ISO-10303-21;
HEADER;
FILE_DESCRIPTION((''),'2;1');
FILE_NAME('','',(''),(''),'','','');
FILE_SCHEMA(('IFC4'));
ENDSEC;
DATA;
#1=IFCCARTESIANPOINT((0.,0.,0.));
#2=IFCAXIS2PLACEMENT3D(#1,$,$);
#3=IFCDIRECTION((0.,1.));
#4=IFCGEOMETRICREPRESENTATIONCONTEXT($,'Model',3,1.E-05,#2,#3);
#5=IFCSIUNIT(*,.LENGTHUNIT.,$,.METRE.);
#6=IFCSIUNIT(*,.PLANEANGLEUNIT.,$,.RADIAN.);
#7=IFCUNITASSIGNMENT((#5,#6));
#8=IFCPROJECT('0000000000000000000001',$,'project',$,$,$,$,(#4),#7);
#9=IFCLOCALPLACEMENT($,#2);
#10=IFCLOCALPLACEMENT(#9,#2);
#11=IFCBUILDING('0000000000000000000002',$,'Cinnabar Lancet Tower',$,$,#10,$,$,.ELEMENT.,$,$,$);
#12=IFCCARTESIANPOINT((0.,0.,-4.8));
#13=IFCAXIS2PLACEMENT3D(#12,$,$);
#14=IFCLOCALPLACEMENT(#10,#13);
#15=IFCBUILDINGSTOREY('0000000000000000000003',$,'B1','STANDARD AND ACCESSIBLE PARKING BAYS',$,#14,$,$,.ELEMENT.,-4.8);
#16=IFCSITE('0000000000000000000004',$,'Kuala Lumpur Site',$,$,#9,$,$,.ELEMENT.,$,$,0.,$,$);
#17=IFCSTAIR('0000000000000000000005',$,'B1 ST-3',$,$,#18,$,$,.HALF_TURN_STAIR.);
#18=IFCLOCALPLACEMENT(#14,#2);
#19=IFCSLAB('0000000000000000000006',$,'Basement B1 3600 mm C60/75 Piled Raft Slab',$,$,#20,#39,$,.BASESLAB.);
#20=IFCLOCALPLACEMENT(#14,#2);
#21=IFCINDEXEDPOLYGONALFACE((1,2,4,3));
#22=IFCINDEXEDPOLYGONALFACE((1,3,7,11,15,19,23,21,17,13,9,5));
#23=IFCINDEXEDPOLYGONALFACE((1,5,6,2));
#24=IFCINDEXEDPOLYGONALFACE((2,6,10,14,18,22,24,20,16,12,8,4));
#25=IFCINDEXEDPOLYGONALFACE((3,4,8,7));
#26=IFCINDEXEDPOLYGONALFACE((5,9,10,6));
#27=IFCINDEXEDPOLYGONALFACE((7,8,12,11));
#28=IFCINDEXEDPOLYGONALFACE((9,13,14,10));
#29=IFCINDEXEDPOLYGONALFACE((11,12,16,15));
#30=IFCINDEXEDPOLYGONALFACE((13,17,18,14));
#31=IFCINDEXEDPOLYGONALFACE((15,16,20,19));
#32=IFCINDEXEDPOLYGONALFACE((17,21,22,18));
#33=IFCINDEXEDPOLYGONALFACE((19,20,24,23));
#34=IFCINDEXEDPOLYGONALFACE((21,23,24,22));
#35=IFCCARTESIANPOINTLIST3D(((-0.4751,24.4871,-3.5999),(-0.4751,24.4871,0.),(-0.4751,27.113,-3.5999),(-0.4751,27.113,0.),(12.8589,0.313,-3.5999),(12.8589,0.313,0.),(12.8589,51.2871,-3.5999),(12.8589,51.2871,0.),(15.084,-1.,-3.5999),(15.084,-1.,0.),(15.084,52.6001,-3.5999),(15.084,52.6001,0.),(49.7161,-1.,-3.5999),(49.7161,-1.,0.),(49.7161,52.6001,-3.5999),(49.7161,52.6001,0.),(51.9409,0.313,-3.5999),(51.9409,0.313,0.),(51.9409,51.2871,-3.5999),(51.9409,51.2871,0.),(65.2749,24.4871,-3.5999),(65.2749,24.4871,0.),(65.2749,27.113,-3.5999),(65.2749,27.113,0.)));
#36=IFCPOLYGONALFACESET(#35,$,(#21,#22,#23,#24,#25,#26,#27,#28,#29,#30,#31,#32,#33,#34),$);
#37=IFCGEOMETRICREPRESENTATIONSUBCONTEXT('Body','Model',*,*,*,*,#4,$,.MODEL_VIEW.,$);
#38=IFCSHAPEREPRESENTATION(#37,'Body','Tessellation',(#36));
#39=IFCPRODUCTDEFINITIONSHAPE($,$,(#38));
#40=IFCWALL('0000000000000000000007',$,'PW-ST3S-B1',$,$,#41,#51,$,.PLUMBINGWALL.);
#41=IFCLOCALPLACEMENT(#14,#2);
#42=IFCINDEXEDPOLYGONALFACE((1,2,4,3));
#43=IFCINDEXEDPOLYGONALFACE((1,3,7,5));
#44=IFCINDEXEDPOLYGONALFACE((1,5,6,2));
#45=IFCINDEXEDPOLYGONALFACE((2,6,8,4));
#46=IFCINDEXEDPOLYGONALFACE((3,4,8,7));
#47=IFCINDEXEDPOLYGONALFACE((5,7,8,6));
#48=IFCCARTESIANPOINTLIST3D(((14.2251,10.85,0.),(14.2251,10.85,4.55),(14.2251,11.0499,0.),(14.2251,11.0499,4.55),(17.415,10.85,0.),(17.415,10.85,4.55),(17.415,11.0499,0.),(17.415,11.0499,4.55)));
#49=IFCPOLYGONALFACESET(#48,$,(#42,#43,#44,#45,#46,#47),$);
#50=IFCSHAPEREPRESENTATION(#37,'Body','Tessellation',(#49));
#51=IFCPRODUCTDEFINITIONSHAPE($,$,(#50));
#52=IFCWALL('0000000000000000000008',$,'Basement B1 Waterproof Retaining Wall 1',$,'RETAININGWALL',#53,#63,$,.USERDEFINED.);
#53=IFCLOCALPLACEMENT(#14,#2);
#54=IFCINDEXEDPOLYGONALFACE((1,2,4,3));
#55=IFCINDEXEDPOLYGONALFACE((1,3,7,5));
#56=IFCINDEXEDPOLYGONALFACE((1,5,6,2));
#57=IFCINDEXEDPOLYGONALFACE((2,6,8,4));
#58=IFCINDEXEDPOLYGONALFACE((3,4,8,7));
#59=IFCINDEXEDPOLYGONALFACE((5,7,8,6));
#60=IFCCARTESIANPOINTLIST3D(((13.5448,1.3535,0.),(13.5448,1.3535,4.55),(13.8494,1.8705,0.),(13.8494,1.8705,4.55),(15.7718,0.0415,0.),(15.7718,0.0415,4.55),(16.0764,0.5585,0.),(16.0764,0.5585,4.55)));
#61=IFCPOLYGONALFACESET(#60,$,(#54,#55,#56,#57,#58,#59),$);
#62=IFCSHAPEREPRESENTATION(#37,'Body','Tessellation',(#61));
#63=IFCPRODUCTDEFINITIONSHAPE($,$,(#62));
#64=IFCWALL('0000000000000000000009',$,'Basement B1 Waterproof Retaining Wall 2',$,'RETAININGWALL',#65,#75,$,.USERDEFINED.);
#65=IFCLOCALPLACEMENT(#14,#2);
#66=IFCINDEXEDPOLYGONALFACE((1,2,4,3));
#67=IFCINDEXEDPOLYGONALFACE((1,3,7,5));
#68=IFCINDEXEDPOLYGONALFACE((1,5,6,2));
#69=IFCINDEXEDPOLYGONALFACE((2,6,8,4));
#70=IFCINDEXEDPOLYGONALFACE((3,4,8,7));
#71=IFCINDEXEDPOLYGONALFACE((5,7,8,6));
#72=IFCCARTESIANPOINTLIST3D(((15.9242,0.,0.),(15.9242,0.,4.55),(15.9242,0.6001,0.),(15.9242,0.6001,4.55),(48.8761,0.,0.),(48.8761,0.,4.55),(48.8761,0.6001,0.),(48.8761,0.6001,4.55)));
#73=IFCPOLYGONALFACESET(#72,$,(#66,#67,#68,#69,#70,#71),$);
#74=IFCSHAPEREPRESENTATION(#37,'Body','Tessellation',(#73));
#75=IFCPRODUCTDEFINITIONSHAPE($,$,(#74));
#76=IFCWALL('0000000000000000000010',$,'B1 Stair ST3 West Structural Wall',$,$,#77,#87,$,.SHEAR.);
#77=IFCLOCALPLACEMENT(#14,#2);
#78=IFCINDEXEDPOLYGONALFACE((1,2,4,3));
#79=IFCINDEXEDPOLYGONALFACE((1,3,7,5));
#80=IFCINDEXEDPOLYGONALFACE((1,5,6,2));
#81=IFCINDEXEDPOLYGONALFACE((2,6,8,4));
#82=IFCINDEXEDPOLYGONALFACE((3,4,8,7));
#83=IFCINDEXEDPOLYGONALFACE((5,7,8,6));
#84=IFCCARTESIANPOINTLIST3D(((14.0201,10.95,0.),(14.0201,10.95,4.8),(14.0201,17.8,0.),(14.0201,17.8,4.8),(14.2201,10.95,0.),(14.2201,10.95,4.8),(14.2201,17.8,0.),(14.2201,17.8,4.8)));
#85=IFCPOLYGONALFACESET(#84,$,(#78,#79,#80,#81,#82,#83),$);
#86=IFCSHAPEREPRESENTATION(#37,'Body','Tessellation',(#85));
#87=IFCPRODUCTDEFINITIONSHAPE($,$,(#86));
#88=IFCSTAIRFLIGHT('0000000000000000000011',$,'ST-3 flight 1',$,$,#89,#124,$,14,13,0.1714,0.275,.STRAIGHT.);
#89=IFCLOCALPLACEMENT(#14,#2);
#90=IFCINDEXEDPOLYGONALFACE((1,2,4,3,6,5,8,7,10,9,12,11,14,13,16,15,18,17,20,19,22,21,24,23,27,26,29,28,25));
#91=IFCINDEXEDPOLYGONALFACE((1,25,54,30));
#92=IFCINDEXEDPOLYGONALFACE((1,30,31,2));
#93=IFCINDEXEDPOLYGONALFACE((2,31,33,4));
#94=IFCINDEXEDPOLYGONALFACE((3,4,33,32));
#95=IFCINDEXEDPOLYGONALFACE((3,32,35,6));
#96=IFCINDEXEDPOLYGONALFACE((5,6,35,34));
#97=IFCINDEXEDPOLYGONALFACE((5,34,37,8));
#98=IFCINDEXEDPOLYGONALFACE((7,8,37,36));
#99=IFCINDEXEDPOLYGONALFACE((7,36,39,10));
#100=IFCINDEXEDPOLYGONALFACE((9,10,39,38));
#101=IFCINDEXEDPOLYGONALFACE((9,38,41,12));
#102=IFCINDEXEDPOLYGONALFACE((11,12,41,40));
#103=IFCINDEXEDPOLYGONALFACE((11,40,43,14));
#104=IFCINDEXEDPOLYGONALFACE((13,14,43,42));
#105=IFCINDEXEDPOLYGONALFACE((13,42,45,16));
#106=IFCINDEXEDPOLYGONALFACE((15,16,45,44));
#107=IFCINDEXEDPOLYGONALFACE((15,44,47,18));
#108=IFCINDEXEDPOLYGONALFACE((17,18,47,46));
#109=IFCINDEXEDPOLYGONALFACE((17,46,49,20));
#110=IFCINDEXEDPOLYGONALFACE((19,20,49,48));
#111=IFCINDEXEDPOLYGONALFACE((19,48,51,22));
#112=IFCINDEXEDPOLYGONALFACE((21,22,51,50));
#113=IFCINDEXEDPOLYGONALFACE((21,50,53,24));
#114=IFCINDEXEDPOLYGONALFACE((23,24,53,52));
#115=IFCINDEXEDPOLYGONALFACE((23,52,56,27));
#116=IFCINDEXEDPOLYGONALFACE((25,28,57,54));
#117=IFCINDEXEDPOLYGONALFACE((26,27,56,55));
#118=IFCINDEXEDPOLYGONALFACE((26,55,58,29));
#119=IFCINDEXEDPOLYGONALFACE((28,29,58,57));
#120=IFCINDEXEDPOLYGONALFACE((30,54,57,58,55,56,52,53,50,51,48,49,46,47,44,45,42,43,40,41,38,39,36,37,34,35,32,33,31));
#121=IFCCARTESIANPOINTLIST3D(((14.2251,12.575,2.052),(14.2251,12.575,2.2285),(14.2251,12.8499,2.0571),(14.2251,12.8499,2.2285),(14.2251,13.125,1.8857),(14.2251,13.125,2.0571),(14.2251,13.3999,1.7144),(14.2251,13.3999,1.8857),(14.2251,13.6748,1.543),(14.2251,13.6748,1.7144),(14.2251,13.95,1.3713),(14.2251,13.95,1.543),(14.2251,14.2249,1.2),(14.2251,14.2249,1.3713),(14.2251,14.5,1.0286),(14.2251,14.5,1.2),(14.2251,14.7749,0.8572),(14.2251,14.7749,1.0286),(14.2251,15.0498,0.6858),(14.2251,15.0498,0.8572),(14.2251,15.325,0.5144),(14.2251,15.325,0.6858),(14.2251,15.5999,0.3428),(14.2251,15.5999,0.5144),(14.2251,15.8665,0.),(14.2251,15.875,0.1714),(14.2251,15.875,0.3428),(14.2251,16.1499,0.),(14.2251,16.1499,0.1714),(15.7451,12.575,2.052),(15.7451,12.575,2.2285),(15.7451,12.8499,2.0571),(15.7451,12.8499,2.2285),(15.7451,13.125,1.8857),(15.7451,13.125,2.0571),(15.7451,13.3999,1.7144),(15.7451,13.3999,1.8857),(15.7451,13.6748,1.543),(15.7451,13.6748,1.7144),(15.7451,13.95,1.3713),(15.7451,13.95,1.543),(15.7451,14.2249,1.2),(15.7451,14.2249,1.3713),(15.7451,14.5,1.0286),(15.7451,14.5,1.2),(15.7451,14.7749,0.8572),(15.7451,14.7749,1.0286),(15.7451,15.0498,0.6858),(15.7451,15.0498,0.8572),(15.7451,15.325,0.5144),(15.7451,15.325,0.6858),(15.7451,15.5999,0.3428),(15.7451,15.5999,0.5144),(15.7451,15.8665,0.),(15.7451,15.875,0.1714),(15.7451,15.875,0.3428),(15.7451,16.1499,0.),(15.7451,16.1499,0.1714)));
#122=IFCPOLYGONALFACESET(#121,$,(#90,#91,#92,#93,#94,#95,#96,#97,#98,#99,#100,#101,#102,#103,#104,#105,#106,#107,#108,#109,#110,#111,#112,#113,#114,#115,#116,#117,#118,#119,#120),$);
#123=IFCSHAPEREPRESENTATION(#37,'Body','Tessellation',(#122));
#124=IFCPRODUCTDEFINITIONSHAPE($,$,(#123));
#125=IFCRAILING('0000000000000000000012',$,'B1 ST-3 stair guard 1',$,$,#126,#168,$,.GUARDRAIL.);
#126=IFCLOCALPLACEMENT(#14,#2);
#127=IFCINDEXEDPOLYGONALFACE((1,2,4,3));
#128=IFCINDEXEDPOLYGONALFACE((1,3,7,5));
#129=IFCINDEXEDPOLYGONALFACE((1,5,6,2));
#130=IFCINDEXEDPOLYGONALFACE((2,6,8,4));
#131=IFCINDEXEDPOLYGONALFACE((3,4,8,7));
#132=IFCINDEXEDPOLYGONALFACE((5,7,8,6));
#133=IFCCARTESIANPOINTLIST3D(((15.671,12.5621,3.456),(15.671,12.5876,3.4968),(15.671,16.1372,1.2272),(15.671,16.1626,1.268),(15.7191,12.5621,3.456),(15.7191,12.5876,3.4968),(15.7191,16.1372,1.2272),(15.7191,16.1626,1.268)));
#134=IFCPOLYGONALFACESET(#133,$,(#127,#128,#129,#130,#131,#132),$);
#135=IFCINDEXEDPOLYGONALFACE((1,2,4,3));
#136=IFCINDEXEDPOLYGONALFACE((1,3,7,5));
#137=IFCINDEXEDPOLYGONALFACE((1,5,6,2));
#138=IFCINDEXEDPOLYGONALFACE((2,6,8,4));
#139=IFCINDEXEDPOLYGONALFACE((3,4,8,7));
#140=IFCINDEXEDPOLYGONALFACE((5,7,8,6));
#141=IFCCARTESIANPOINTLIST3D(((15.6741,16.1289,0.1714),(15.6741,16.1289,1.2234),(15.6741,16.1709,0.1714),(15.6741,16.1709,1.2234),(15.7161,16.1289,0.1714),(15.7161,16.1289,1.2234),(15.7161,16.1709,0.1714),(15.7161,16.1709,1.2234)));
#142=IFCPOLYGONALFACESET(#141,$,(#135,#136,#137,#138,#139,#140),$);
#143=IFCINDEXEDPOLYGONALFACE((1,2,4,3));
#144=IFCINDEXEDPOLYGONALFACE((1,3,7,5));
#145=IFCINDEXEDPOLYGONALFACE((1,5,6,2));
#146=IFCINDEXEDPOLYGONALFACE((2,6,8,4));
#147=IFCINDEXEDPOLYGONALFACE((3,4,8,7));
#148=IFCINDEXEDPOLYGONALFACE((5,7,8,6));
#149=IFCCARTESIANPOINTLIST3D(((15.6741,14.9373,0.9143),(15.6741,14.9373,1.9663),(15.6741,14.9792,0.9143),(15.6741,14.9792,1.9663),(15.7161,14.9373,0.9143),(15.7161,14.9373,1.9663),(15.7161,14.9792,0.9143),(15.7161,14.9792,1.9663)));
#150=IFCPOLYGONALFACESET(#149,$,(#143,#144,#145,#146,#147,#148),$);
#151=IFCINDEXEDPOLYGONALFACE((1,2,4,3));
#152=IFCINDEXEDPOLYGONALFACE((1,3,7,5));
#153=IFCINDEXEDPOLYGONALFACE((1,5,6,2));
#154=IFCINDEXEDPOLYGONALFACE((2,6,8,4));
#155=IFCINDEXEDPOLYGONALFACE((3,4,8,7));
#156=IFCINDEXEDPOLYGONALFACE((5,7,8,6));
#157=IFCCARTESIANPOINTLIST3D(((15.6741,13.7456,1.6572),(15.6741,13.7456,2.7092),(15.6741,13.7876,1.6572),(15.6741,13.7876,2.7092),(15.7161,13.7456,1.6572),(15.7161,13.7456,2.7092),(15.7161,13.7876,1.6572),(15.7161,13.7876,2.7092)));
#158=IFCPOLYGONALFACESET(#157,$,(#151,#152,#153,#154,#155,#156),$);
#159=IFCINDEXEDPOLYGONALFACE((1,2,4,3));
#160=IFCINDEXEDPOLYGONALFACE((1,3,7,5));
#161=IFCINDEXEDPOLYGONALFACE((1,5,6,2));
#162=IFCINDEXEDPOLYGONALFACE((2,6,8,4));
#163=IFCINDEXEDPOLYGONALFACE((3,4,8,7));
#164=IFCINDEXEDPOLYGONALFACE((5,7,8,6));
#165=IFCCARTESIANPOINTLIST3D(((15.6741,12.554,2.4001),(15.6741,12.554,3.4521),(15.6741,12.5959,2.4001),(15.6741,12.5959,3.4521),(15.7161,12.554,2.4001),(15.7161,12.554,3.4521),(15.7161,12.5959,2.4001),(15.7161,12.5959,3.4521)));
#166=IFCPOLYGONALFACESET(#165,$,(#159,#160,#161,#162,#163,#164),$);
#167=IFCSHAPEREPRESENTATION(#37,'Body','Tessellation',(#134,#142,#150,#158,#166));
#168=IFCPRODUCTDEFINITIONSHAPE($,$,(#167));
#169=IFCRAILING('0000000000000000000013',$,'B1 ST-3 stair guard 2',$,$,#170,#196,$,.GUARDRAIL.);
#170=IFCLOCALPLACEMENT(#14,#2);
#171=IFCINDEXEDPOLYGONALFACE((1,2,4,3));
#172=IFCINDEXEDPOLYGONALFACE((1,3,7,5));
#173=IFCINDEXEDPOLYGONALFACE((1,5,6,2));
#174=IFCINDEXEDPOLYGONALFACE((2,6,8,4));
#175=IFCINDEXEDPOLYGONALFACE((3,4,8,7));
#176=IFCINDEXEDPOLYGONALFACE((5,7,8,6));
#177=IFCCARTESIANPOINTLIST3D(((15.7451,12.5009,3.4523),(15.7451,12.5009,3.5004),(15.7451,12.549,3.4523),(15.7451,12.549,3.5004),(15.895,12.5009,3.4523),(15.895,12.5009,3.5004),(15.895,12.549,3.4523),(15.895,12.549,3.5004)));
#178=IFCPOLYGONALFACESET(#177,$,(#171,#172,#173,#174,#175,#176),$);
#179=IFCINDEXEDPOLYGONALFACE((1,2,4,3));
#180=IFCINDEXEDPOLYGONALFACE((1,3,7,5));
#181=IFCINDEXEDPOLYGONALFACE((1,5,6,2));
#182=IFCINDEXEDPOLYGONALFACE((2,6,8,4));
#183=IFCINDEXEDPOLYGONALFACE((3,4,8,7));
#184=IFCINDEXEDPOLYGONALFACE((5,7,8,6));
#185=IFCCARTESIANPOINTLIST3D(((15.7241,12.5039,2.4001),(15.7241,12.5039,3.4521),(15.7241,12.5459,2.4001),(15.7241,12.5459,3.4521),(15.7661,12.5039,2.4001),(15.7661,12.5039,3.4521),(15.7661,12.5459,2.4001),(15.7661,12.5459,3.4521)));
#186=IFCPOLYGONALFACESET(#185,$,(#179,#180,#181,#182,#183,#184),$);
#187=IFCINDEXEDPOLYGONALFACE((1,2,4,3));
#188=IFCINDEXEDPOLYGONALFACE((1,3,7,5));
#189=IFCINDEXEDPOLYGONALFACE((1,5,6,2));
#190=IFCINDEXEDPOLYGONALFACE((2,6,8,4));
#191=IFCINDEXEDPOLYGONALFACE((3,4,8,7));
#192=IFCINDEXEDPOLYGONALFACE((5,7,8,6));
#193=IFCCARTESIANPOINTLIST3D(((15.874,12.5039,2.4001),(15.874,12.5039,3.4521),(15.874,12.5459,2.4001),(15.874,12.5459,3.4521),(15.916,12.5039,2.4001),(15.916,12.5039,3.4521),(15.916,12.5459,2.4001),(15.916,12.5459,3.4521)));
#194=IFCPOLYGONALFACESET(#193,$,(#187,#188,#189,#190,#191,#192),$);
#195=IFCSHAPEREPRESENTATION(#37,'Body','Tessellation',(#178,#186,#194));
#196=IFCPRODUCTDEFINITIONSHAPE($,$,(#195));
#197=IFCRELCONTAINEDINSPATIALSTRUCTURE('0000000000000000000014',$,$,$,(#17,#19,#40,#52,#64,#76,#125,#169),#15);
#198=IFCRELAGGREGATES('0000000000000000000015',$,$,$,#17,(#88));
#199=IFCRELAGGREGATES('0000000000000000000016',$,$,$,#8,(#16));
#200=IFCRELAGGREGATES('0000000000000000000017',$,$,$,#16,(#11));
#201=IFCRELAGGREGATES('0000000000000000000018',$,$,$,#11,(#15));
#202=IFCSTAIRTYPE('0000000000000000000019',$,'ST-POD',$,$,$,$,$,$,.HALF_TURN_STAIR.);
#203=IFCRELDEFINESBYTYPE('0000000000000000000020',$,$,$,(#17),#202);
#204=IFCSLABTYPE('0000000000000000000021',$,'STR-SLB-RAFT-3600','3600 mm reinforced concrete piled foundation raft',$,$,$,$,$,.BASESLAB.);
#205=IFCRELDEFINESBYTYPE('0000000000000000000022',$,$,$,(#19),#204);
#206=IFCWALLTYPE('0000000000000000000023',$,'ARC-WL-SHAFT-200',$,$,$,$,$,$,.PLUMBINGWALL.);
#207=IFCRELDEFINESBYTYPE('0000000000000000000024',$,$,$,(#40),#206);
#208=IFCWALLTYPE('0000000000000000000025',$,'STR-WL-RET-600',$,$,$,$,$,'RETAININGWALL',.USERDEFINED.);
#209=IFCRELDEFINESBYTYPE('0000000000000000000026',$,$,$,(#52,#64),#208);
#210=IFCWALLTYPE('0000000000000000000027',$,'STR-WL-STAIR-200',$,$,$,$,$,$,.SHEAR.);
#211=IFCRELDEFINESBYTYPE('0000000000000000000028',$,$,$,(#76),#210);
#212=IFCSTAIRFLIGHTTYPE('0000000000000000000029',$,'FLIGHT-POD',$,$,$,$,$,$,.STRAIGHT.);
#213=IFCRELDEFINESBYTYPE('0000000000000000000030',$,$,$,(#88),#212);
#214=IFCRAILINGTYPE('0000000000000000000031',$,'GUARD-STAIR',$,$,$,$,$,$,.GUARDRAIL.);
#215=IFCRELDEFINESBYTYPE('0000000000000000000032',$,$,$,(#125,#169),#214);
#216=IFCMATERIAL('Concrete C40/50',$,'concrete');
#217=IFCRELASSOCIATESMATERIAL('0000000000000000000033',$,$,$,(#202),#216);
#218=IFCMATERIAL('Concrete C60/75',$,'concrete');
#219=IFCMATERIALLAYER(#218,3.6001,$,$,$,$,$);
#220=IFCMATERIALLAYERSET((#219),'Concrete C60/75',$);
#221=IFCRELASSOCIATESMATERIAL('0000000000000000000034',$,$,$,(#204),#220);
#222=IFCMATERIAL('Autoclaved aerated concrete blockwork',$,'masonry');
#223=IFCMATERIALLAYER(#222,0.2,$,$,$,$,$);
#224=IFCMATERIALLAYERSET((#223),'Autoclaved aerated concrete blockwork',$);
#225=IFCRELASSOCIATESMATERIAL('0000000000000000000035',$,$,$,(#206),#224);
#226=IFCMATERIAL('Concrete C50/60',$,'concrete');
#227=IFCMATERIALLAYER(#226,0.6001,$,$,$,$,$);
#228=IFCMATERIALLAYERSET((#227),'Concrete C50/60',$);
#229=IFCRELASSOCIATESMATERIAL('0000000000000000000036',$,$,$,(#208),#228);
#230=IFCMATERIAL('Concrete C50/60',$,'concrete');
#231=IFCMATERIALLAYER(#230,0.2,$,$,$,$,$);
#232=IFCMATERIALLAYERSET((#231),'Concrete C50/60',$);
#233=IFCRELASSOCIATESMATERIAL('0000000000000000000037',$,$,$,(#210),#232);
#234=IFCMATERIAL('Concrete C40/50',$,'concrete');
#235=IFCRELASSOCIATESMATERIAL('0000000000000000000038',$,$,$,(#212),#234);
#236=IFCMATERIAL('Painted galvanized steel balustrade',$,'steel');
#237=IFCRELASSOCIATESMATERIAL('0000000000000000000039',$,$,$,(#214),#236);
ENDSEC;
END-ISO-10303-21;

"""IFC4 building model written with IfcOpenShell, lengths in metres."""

from ifc_helpers import new_model, si_unit, direction, frame, frame_2d, origin, origin_2d, place, context, subcontext, project, spatial, polyline, rectangle, outline, extrude, material, layer, layer_set, type_object, element, aggregate, save


model = new_model("IFC4")

# Units and contexts
model_context = context("Model", 3, precision=1e-05, world=origin(), true_north=direction((0.0, 1.0)))
body_context = subcontext(model_context, "Body", "Model", "MODEL_VIEW")
ifc_project = project(units=[si_unit("LENGTHUNIT", "METRE"), si_unit("PLANEANGLEUNIT", "RADIAN")], contexts=[model_context])

# Site, building, storey
site_placement = place(None, origin())
site = spatial("IfcSite", under=ifc_project, at=site_placement, Name="Kuala Lumpur Site", CompositionType="ELEMENT", RefElevation=0.0)
building_placement = place(site_placement, origin())
building = spatial("IfcBuilding", under=site, at=building_placement, Name="Cinnabar Lancet Tower", CompositionType="ELEMENT")
storey_placement = place(building_placement, frame((0.0, 0.0, -4.8)))
storey = spatial("IfcBuildingStorey", under=building, at=storey_placement, Name="B1", Description="STANDARD AND ACCESSIBLE PARKING BAYS", CompositionType="ELEMENT", Elevation=-4.8)

# Stair
ifc_material_1 = material(Name="Concrete C40/50", Category="concrete")
stair_type_1 = type_object("IfcStairType", Name="ST-POD", PredefinedType="HALF_TURN_STAIR", material=ifc_material_1)
stair_1_placement = place(storey_placement, origin())
stair_1 = element("IfcStair", 1, at=stair_1_placement, inside=storey, type_object=stair_type_1, Name="B1 ST-3", PredefinedType="HALF_TURN_STAIR")

# Slab
ifc_material_2 = material(Name="Concrete C60/75", Category="concrete")
ifc_layer_1 = layer(ifc_material_2, 3.6001)
ifc_layer_set_1 = layer_set([ifc_layer_1], Name="Concrete C60/75")
slab_type_1 = type_object("IfcSlabType", Name="STR-SLB-RAFT-3600", Description="3600 mm reinforced concrete piled foundation raft", PredefinedType="BASESLAB", material=ifc_layer_set_1)
slab_1_placement = place(storey_placement, frame((0.0, 0.0, -3.5999)))
element("IfcSlab", 2, at=slab_1_placement, inside=storey, type_object=slab_type_1, Name="Basement B1 3600 mm C60/75 Piled Raft Slab", PredefinedType="BASESLAB", context=body_context, shape_type="SweptSolid", body=[
    extrude(outline(polyline([(12.8589, 0.313), (15.084, -1.0), (49.7161, -1.0), (51.9409, 0.313), (65.2749, 24.4871), (65.2749, 27.113), (51.9409, 51.2871), (49.7161, 52.6001), (15.084, 52.6001), (12.8589, 51.2871), (-0.4751, 27.113), (-0.4751, 24.4871), (12.8589, 0.313)])), origin(), (0.0, 0.0, 1.0), 3.5999),
])

# Wall
ifc_material_3 = material(Name="Autoclaved aerated concrete blockwork", Category="masonry")
ifc_layer_2 = layer(ifc_material_3, 0.2)
ifc_layer_set_2 = layer_set([ifc_layer_2], Name="Autoclaved aerated concrete blockwork")
wall_type_1 = type_object("IfcWallType", Name="ARC-WL-SHAFT-200", PredefinedType="PLUMBINGWALL", material=ifc_layer_set_2)
wall_1_placement = place(storey_placement, frame((14.2251, 10.95, 0.0), z_axis=(0.0, 0.0, 1.0), x_axis=(1.0, 0.0, 0.0)))
element("IfcWall", 3, at=wall_1_placement, inside=storey, type_object=wall_type_1, Name="PW-ST3S-B1", PredefinedType="PLUMBINGWALL", context=body_context, shape_type="SweptSolid", body=[
    extrude(rectangle(XDim=3.1899, YDim=0.2, at=frame_2d((1.595, 0.0))), origin(), (0.0, 0.0, 1.0), 4.55),
])

# Walls
ifc_material_4 = material(Name="Concrete C50/60", Category="concrete")
ifc_layer_3 = layer(ifc_material_4, 0.6001)
ifc_layer_set_3 = layer_set([ifc_layer_3], Name="Concrete C50/60")
wall_type_2 = type_object("IfcWallType", Name="STR-WL-RET-600", ElementType="RETAININGWALL", PredefinedType="USERDEFINED", material=ifc_layer_set_3)
wall_2_placement = place(storey_placement, frame((13.697, 1.6121, 0.0), z_axis=(0.0, 0.0, 1.0), x_axis=(0.861599, -0.50759, 0.0)))
element("IfcWall", 4, at=wall_2_placement, inside=storey, type_object=wall_type_2, Name="Basement B1 Waterproof Retaining Wall 1", ObjectType="RETAININGWALL", PredefinedType="USERDEFINED", context=body_context, shape_type="SweptSolid", body=[
    extrude(rectangle(XDim=2.5847, YDim=0.6001, at=frame_2d((1.2925, 0.0))), origin(), (0.0, 0.0, 1.0), 4.55),
])
wall_3_placement = place(storey_placement, frame((15.9241, 0.3, 0.0), z_axis=(0.0, 0.0, 1.0), x_axis=(1.0, 0.0, 0.0)))
element("IfcWall", 5, at=wall_3_placement, inside=storey, type_object=wall_type_2, Name="Basement B1 Waterproof Retaining Wall 2", ObjectType="RETAININGWALL", PredefinedType="USERDEFINED", context=body_context, shape_type="SweptSolid", body=[
    extrude(rectangle(XDim=32.9519, YDim=0.6001, at=frame_2d((16.4761, 0.0))), origin(), (0.0, 0.0, 1.0), 4.55),
])
ifc_material_5 = material(Name="Concrete C50/60", Category="concrete")
ifc_layer_4 = layer(ifc_material_5, 0.2)
ifc_layer_set_4 = layer_set([ifc_layer_4], Name="Concrete C50/60")
wall_type_3 = type_object("IfcWallType", Name="STR-WL-STAIR-200", PredefinedType="SHEAR", material=ifc_layer_set_4)
wall_4_placement = place(storey_placement, frame((14.1201, 10.95, 0.0), z_axis=(0.0, 0.0, 1.0), x_axis=(0.0, 1.0, 0.0)))
element("IfcWall", 6, at=wall_4_placement, inside=storey, type_object=wall_type_3, Name="B1 Stair ST3 West Structural Wall", PredefinedType="SHEAR", context=body_context, shape_type="SweptSolid", body=[
    extrude(rectangle(XDim=6.8501, YDim=0.2, at=frame_2d((3.425, 0.0))), origin(), (0.0, 0.0, 1.0), 4.8),
])

# Stair flight
ifc_material_6 = material(Name="Concrete C40/50", Category="concrete")
stair_flight_type = type_object("IfcStairFlightType", Name="FLIGHT-POD", PredefinedType="STRAIGHT", material=ifc_material_6)
stair_flight_placement = place(storey_placement, frame((14.9851, 16.1499, 0.0), z_axis=(0.0, 0.0, 1.0), x_axis=(0.0, -1.0, 0.0)))
stair_flight = element("IfcStairFlight", 7, at=stair_flight_placement, type_object=stair_flight_type, Name="ST-3 flight 1", NumberOfRisers=14, NumberOfTreads=13, PredefinedType="STRAIGHT", RiserHeight=0.1714, TreadLength=0.275, context=body_context, shape_type="SweptSolid", body=[
    extrude(outline(polyline([(0.0, 0.0), (0.0, 0.1714), (0.2749, 0.1714), (0.2749, 0.3428), (0.55, 0.3428), (0.55, 0.5144), (0.825, 0.5144), (0.825, 0.6858), (1.1001, 0.6858), (1.1001, 0.8572), (1.375, 0.8572), (1.375, 1.0286), (1.6499, 1.0286), (1.6499, 1.2), (1.925, 1.2), (1.925, 1.3713), (2.2, 1.3713), (2.2, 1.543), (2.4751, 1.543), (2.4751, 1.7144), (2.75, 1.7144), (2.75, 1.8857), (3.0249, 1.8857), (3.0249, 2.0571), (3.3, 2.0571), (3.3, 2.2285), (3.575, 2.2285), (3.575, 2.3999), (3.575, 2.052), (0.2834, 0.0), (0.0, 0.0)])), frame((0.0, 0.76, 0.0), z_axis=(0.0, -1.0, 0.0), x_axis=(1.0, 0.0, 0.0)), (0.0, 0.0, 1.0), 1.52),
])
aggregate(stair_1, [stair_flight])

# Railings
ifc_material_7 = material(Name="Painted galvanized steel balustrade", Category="steel")
railing_type_1 = type_object("IfcRailingType", Name="GUARD-STAIR", PredefinedType="GUARDRAIL", material=ifc_material_7)
railing_1_placement = place(storey_placement, frame((15.6951, 16.1499, 0.1714)))
element("IfcRailing", 8, at=railing_1_placement, inside=storey, type_object=railing_type_1, Name="B1 ST-3 stair guard 1", PredefinedType="GUARDRAIL", context=body_context, shape_type="SweptSolid", body=[
    extrude(rectangle(XDim=0.0481, YDim=0.0481, at=origin_2d()), frame((0.0, 0.0, 1.0762), z_axis=(0.0, -0.848594, 0.529045), x_axis=(1.0, 0.0, 0.0)), (0.0, 0.0, 1.0), 4.2129),
    extrude(rectangle(XDim=0.042, YDim=0.042, at=origin_2d()), origin(), (0.0, 0.0, 1.0), 1.052),
    extrude(rectangle(XDim=0.042, YDim=0.042, at=origin_2d()), frame((0.0, -1.1917, 0.7429)), (0.0, 0.0, 1.0), 1.052),
    extrude(rectangle(XDim=0.042, YDim=0.042, at=origin_2d()), frame((0.0, -2.3833, 1.4858)), (0.0, 0.0, 1.0), 1.052),
    extrude(rectangle(XDim=0.042, YDim=0.042, at=origin_2d()), frame((0.0, -3.575, 2.2288)), (0.0, 0.0, 1.0), 1.052),
])
railing_2_placement = place(storey_placement, frame((15.7451, 12.5249, 2.4001)))
element("IfcRailing", 9, at=railing_2_placement, inside=storey, type_object=railing_type_1, Name="B1 ST-3 stair guard 2", PredefinedType="GUARDRAIL", context=body_context, shape_type="SweptSolid", body=[
    extrude(rectangle(XDim=0.0481, YDim=0.0481, at=origin_2d()), frame((0.0, 0.0, 1.0762), z_axis=(1.0, 0.0, 0.0), x_axis=(0.0, 1.0, 0.0)), (0.0, 0.0, 1.0), 0.1499),
    extrude(rectangle(XDim=0.042, YDim=0.042, at=origin_2d()), origin(), (0.0, 0.0, 1.0), 1.052),
    extrude(rectangle(XDim=0.042, YDim=0.042, at=origin_2d()), frame((0.1499, 0.0, 0.0)), (0.0, 0.0, 1.0), 1.052),
])

save(model, "model.ifc")
